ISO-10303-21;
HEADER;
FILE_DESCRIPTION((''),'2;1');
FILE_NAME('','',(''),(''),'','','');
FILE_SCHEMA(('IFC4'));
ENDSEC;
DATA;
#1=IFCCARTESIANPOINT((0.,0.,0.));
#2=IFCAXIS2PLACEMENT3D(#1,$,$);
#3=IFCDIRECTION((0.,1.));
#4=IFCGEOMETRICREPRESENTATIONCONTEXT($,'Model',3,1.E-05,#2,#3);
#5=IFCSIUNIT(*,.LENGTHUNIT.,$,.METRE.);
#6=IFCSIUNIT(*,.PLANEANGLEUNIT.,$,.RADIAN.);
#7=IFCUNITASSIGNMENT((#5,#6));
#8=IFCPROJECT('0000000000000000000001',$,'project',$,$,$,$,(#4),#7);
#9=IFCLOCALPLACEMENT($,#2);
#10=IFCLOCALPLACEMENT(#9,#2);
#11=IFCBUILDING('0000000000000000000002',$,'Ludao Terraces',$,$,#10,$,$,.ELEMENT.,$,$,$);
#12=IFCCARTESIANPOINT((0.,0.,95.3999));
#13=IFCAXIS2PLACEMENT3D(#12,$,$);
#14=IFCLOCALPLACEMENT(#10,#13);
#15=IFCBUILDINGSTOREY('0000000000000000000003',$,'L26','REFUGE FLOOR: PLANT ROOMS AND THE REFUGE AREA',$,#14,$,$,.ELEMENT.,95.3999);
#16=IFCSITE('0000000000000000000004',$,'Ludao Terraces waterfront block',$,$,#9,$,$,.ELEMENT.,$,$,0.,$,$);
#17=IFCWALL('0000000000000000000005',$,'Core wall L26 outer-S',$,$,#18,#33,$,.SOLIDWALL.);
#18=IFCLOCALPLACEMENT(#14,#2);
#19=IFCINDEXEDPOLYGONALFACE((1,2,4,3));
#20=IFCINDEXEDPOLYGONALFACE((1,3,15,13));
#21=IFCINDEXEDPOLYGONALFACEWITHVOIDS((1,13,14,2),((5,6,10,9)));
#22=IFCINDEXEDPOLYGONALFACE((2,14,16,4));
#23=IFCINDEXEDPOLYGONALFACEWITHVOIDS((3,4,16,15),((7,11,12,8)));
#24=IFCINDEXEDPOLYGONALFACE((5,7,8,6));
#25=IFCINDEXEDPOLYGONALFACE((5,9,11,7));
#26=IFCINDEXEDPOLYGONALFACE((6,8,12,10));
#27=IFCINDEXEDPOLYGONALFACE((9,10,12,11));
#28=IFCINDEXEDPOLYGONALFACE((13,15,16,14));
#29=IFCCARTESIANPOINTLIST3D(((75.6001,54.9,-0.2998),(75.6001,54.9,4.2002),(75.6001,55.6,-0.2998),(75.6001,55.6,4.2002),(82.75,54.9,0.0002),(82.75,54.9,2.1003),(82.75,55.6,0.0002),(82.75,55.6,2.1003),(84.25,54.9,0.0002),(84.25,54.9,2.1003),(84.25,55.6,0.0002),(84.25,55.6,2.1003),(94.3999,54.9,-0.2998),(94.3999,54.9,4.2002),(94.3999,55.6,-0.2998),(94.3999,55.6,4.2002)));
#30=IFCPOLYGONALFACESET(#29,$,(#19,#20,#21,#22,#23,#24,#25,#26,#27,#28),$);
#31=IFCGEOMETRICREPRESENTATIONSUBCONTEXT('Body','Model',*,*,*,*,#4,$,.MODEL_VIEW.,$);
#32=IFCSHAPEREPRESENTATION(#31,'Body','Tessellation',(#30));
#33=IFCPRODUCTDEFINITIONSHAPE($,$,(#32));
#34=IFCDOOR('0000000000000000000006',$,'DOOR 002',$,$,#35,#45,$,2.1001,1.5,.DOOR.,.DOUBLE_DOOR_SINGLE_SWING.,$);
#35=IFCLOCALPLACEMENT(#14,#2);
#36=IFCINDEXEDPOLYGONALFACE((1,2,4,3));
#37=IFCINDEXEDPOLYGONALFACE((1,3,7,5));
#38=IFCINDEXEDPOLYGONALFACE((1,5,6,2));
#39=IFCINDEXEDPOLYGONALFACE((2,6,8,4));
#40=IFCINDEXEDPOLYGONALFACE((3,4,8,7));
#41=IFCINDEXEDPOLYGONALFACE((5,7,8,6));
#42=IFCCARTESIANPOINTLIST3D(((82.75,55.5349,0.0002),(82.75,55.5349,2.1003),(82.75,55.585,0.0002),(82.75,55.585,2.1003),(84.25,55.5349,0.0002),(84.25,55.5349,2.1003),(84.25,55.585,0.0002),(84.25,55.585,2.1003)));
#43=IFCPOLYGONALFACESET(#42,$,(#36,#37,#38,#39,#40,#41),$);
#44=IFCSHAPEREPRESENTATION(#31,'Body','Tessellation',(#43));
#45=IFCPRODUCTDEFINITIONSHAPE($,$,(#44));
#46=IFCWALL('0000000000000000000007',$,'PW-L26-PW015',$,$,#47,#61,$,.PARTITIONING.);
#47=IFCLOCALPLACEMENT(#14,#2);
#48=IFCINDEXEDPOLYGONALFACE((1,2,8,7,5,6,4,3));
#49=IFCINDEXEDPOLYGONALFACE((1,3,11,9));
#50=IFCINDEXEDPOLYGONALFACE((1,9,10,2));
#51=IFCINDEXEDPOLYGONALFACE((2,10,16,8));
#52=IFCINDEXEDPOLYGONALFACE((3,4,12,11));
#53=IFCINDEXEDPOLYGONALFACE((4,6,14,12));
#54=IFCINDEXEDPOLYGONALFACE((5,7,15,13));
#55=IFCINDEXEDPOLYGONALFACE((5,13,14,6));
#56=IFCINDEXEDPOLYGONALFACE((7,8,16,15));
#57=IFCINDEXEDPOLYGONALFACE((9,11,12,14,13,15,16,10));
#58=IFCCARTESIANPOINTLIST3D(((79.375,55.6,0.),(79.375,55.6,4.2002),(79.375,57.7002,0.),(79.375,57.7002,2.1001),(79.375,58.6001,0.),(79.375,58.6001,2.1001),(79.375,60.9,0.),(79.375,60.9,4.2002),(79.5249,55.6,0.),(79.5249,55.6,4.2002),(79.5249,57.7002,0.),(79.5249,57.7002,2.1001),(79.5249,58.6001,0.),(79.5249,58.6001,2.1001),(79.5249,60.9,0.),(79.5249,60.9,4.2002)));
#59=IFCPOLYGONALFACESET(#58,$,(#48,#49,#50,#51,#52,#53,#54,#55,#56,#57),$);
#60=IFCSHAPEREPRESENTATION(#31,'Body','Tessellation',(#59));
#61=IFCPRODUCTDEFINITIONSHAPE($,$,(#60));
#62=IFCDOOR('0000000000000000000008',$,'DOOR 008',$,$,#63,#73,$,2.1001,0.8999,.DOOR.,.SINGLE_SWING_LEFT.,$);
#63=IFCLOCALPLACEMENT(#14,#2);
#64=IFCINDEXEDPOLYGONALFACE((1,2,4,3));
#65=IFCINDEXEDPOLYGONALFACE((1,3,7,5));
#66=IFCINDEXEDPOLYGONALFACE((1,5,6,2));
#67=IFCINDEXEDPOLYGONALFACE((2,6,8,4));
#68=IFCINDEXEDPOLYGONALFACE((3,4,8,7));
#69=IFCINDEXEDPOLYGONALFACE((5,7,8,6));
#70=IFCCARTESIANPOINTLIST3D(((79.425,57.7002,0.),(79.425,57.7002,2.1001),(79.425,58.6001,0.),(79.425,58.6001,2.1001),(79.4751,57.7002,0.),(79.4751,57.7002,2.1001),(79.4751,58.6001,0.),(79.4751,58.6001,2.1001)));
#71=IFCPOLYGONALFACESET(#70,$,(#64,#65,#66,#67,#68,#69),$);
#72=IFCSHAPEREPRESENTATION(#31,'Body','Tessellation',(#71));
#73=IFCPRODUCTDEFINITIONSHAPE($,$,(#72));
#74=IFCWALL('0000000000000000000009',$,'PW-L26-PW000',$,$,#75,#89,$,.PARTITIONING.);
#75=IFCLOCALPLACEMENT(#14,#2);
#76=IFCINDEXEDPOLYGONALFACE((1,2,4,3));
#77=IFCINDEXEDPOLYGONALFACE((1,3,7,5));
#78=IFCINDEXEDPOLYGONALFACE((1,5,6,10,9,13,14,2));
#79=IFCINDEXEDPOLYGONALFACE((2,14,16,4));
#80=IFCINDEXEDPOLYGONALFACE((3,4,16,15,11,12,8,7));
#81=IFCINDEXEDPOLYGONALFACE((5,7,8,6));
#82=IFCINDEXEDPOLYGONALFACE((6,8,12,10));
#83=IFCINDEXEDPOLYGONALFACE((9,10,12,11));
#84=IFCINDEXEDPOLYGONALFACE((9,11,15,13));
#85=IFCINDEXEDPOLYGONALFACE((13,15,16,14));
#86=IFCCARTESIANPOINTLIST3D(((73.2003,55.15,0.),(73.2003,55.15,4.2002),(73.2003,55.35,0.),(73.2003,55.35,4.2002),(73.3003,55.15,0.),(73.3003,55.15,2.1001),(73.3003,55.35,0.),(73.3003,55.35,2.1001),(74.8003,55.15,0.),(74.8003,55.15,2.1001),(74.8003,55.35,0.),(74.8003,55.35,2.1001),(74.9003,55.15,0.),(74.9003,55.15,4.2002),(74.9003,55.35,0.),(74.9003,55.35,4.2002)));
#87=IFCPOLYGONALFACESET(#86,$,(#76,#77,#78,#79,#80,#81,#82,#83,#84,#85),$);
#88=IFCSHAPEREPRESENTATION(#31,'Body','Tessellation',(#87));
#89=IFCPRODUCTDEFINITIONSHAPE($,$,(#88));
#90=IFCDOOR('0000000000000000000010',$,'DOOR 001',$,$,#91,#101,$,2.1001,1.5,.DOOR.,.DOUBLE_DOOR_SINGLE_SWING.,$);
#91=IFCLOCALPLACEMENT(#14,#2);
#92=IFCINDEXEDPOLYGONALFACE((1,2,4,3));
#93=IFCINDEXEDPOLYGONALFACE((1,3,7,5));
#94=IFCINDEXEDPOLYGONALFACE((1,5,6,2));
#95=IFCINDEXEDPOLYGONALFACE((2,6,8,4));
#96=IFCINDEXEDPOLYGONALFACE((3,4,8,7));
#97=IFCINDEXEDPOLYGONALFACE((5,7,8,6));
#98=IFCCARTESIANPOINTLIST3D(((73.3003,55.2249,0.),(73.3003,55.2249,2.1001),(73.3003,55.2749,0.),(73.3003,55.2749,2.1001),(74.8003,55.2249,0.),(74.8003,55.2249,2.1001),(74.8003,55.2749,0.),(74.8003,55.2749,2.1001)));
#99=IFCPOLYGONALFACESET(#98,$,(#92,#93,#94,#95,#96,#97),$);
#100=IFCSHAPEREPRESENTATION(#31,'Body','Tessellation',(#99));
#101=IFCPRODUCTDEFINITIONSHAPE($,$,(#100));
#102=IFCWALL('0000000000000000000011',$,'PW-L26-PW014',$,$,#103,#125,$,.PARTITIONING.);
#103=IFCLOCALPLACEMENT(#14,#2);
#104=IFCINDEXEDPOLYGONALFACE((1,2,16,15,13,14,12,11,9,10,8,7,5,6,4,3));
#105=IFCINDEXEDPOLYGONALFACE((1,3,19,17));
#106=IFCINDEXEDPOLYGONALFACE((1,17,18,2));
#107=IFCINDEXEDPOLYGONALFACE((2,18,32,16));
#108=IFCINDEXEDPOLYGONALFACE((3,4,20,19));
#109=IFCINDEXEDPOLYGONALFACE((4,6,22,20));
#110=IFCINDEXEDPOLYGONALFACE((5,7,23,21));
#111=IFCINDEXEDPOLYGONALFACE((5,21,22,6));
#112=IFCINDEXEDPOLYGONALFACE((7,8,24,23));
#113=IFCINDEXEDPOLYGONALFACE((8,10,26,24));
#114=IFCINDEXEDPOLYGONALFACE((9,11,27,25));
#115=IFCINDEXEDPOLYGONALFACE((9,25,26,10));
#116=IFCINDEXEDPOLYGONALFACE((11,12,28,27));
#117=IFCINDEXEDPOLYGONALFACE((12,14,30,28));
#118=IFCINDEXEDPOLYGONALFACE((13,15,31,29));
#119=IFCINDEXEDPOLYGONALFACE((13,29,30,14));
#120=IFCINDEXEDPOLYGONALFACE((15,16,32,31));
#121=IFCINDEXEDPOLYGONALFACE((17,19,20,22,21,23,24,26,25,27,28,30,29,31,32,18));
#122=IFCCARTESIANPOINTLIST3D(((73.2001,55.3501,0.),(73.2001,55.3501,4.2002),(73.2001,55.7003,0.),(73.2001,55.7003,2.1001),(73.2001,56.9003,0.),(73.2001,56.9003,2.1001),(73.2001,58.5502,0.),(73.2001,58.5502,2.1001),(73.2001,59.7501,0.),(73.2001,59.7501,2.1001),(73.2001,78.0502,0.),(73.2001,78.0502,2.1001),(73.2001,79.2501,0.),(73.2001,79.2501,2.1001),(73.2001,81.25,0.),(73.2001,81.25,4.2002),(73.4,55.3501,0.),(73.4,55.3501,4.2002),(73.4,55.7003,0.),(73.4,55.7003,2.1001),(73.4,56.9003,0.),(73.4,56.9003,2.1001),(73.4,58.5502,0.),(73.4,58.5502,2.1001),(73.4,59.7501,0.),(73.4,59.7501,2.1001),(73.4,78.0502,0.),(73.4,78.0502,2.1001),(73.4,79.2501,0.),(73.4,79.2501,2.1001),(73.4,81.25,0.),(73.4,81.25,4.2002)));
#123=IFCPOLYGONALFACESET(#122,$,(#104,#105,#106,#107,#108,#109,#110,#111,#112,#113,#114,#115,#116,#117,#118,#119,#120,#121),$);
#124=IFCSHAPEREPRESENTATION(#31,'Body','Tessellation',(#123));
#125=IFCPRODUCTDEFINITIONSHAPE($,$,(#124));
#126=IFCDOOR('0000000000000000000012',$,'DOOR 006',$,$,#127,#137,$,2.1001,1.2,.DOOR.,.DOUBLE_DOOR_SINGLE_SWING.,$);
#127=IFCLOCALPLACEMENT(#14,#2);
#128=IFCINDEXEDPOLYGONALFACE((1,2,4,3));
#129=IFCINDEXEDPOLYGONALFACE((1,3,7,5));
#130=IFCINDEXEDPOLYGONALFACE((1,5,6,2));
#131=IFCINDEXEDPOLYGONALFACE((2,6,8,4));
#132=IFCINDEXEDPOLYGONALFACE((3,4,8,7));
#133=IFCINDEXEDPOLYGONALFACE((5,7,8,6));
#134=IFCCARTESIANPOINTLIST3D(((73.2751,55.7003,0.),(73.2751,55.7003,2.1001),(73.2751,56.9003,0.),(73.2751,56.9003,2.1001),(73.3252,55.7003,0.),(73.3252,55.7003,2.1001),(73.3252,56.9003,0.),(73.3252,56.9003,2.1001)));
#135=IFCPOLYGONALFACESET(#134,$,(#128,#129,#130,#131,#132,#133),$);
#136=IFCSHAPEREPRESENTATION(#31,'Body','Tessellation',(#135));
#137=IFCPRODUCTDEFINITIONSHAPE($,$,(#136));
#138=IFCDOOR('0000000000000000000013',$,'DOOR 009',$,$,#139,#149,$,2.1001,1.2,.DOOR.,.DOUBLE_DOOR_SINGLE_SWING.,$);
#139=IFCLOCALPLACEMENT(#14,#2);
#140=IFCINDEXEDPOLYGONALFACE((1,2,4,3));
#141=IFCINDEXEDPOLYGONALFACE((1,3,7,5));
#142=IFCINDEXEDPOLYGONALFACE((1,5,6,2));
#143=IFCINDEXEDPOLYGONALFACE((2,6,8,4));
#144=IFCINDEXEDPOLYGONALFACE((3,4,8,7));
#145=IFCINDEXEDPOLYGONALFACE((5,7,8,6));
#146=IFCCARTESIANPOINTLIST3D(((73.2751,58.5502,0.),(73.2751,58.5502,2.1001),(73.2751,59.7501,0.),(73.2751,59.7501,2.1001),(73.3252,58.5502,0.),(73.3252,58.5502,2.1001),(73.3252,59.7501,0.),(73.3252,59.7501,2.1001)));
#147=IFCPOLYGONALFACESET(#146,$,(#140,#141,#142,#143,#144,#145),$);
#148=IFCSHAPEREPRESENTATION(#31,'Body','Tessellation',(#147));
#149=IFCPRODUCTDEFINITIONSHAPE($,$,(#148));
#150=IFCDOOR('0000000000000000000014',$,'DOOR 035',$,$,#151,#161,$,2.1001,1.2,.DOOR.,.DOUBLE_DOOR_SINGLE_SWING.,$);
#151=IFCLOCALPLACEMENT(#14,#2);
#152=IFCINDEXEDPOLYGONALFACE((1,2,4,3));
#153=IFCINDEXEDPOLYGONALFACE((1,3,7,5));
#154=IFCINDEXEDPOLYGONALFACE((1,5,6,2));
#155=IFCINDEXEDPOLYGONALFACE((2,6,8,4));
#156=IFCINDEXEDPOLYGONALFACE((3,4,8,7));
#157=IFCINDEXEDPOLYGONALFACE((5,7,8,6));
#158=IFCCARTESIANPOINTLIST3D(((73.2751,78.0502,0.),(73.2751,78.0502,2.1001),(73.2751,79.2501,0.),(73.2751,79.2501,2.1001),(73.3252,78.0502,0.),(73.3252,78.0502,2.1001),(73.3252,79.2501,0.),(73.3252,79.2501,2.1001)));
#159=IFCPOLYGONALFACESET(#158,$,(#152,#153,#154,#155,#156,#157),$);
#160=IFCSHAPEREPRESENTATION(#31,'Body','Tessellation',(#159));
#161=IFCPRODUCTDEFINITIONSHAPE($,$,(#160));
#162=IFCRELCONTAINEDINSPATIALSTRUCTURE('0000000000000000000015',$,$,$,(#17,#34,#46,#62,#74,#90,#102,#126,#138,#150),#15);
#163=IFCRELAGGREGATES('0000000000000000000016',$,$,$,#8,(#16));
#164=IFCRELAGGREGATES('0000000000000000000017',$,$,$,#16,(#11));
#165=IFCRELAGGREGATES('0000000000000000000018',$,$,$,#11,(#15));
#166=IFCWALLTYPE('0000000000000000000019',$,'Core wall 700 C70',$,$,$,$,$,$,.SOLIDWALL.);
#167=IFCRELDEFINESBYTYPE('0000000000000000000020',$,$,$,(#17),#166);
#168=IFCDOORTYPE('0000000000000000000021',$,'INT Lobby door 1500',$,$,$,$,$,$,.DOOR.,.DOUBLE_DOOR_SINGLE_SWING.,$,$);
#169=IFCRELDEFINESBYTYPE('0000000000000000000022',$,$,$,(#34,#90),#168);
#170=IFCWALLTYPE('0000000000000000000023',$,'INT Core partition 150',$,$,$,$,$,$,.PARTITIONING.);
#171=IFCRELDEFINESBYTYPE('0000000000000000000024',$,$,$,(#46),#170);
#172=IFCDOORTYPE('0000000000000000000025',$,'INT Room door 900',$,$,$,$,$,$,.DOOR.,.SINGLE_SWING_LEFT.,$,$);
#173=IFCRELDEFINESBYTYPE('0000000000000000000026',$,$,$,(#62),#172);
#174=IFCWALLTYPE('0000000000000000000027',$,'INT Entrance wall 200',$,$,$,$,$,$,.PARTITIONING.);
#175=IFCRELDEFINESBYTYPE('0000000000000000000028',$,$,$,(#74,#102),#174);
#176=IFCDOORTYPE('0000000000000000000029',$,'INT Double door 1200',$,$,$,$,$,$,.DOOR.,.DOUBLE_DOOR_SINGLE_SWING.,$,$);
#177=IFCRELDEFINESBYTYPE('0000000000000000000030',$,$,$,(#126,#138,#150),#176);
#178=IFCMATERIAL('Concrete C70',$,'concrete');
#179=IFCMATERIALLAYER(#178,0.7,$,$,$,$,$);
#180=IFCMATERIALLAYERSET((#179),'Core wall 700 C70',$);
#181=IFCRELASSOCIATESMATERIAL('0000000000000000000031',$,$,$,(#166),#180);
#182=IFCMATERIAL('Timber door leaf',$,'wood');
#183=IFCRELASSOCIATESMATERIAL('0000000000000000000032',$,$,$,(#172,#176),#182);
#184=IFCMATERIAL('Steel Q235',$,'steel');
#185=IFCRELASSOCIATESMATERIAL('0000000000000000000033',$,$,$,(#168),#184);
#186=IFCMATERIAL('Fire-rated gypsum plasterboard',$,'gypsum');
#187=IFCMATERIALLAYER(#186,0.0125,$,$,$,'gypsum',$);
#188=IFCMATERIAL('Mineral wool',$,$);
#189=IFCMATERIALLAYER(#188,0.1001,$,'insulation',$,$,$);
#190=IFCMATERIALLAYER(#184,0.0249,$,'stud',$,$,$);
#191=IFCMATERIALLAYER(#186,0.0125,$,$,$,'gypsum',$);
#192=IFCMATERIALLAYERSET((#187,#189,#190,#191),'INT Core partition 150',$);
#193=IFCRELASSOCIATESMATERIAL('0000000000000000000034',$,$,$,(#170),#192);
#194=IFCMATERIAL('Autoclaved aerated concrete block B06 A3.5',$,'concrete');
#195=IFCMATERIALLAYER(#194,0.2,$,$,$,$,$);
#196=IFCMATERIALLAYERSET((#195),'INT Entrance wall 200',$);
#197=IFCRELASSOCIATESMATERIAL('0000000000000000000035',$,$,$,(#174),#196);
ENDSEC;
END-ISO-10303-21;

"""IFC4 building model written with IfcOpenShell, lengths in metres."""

from ifc_helpers import new_model, si_unit, direction, frame, frame_2d, origin, place, context, subcontext, project, spatial, rectangle, extrude, material, layer, layer_set, type_object, element, fill, save


model = new_model("IFC4")

# Units and contexts
model_context = context("Model", 3, precision=1e-05, world=origin(), true_north=direction((0.0, 1.0)))
body_context = subcontext(model_context, "Body", "Model", "MODEL_VIEW")
ifc_project = project(units=[si_unit("LENGTHUNIT", "METRE"), si_unit("PLANEANGLEUNIT", "RADIAN")], contexts=[model_context])

# Site, building, storey
site_placement = place(None, origin())
site = spatial("IfcSite", under=ifc_project, at=site_placement, Name="Ludao Terraces waterfront block", CompositionType="ELEMENT", RefElevation=0.0)
building_placement = place(site_placement, origin())
building = spatial("IfcBuilding", under=site, at=building_placement, Name="Ludao Terraces", CompositionType="ELEMENT")
storey_placement = place(building_placement, frame((0.0, 0.0, 95.3999)))
storey = spatial("IfcBuildingStorey", under=building, at=storey_placement, Name="L26", Description="REFUGE FLOOR: PLANT ROOMS AND THE REFUGE AREA", CompositionType="ELEMENT", Elevation=95.3999)

# Shared definitions
ifc_material_1 = material(Name="Concrete C70", Category="concrete")
ifc_layer_1 = layer(ifc_material_1, 0.7)
ifc_layer_set_1 = layer_set([ifc_layer_1], Name="Core wall 700 C70")
wall_type_1 = type_object("IfcWallType", Name="Core wall 700 C70", PredefinedType="SOLIDWALL", material=ifc_layer_set_1)
ifc_material_2 = material(Name="Steel Q235", Category="steel")
ifc_material_3 = material(Name="Timber door leaf", Category="wood")
door_type_1 = type_object("IfcDoorType", Name="INT Room door 900", OperationType="SINGLE_SWING_LEFT", PredefinedType="DOOR", material=ifc_material_3)

# Walls, openings, doors
wall_1_placement = place(storey_placement, frame((75.6001, 55.25, -0.2998), z_axis=(0.0, 0.0, 1.0), x_axis=(1.0, 0.0, 0.0)))
wall_1 = element("IfcWall", 1, at=wall_1_placement, inside=storey, type_object=wall_type_1, Name="Core wall L26 outer-S", PredefinedType="SOLIDWALL", context=body_context, shape_type="SweptSolid", body=[
    extrude(rectangle(XDim=18.7998, YDim=0.7, at=frame_2d((9.3999, 0.0))), origin(), (0.0, 0.0, 1.0), 4.5),
])
opening_1_placement = place(wall_1_placement, frame((7.1499, 0.0, 0.3)))
opening_1 = element("IfcOpeningElement", 2, at=opening_1_placement, cuts=wall_1, PredefinedType="OPENING", context=body_context, shape_type="SweptSolid", body=[
    extrude(rectangle(XDim=1.5, YDim=2.1001, at=frame_2d((0.75, 1.05))), frame((0.0, 0.3599, 0.0), z_axis=(0.0, -1.0, 0.0), x_axis=(1.0, 0.0, 0.0)), (0.0, 0.0, 1.0), 0.72),
])
door_type_2 = type_object("IfcDoorType", Name="INT Lobby door 1500", OperationType="DOUBLE_DOOR_SINGLE_SWING", PredefinedType="DOOR", material=ifc_material_2)
door_1_placement = place(opening_1_placement, origin())
door_1 = element("IfcDoor", 3, at=door_1_placement, inside=storey, type_object=door_type_2, Name="DOOR 002", OperationType="DOUBLE_DOOR_SINGLE_SWING", OverallHeight=2.1001, OverallWidth=1.5, PredefinedType="DOOR", context=body_context, shape_type="SweptSolid", body=[
    extrude(rectangle(XDim=1.5, YDim=2.1001, at=frame_2d((0.75, 1.05))), frame((0.0, 0.335, 0.0), z_axis=(0.0, -1.0, 0.0), x_axis=(1.0, 0.0, 0.0)), (0.0, 0.0, 1.0), 0.05),
])
fill(opening_1, door_1)
ifc_material_4 = material(Name="Fire-rated gypsum plasterboard", Category="gypsum")
ifc_layer_2 = layer(ifc_material_4, 0.0125, Category="gypsum")
ifc_material_5 = material(Name="Mineral wool")
ifc_layer_3 = layer(ifc_material_5, 0.1001, Name="insulation")
ifc_layer_4 = layer(ifc_material_2, 0.0249, Name="stud")
ifc_layer_5 = layer(ifc_material_4, 0.0125, Category="gypsum")
ifc_layer_set_2 = layer_set([ifc_layer_2, ifc_layer_3, ifc_layer_4, ifc_layer_5], Name="INT Core partition 150")
wall_type_2 = type_object("IfcWallType", Name="INT Core partition 150", PredefinedType="PARTITIONING", material=ifc_layer_set_2)
wall_2_placement = place(storey_placement, frame((79.45, 55.6001, 0.0), z_axis=(0.0, 0.0, 1.0), x_axis=(0.0, 1.0, 0.0)))
wall_2 = element("IfcWall", 4, at=wall_2_placement, inside=storey, type_object=wall_type_2, Name="PW-L26-PW015", PredefinedType="PARTITIONING", context=body_context, shape_type="SweptSolid", body=[
    extrude(rectangle(XDim=5.3, YDim=0.1499, at=frame_2d((2.6499, 0.0))), origin(), (0.0, 0.0, 1.0), 4.2002),
])
opening_2_placement = place(wall_2_placement, frame((2.1001, 0.0, 0.0)))
opening_2 = element("IfcOpeningElement", 5, at=opening_2_placement, cuts=wall_2, PredefinedType="OPENING", context=body_context, shape_type="SweptSolid", body=[
    extrude(rectangle(XDim=0.8999, YDim=2.1001, at=frame_2d((0.45, 1.05))), frame((0.0, 0.085, 0.0), z_axis=(0.0, -1.0, 0.0), x_axis=(1.0, 0.0, 0.0)), (0.0, 0.0, 1.0), 0.1699),
])
door_2_placement = place(opening_2_placement, origin())
door_2 = element("IfcDoor", 6, at=door_2_placement, inside=storey, type_object=door_type_1, Name="DOOR 008", OperationType="SINGLE_SWING_LEFT", OverallHeight=2.1001, OverallWidth=0.8999, PredefinedType="DOOR", context=body_context, shape_type="SweptSolid", body=[
    extrude(rectangle(XDim=0.8999, YDim=2.1001, at=frame_2d((0.45, 1.05))), frame((0.0, 0.0249, 0.0), z_axis=(0.0, -1.0, 0.0), x_axis=(1.0, 0.0, 0.0)), (0.0, 0.0, 1.0), 0.05),
])
fill(opening_2, door_2)
ifc_material_6 = material(Name="Autoclaved aerated concrete block B06 A3.5", Category="concrete")
ifc_layer_6 = layer(ifc_material_6, 0.2)
ifc_layer_set_3 = layer_set([ifc_layer_6], Name="INT Entrance wall 200")
wall_type_3 = type_object("IfcWallType", Name="INT Entrance wall 200", PredefinedType="PARTITIONING", material=ifc_layer_set_3)
wall_3_placement = place(storey_placement, frame((73.2002, 55.25, 0.0), z_axis=(0.0, 0.0, 1.0), x_axis=(1.0, 0.0, 0.0)))
wall_3 = element("IfcWall", 7, at=wall_3_placement, inside=storey, type_object=wall_type_3, Name="PW-L26-PW000", PredefinedType="PARTITIONING", context=body_context, shape_type="SweptSolid", body=[
    extrude(rectangle(XDim=1.7, YDim=0.2, at=frame_2d((0.8501, 0.0))), origin(), (0.0, 0.0, 1.0), 4.2002),
])
opening_3_placement = place(wall_3_placement, frame((0.1001, 0.0, 0.0)))
opening_3 = element("IfcOpeningElement", 8, at=opening_3_placement, cuts=wall_3, PredefinedType="OPENING", context=body_context, shape_type="SweptSolid", body=[
    extrude(rectangle(XDim=1.5, YDim=2.1001, at=frame_2d((0.75, 1.05))), frame((0.0, 0.1099, 0.0), z_axis=(0.0, -1.0, 0.0), x_axis=(1.0, 0.0, 0.0)), (0.0, 0.0, 1.0), 0.22),
])
door_3_placement = place(opening_3_placement, origin())
door_3 = element("IfcDoor", 9, at=door_3_placement, inside=storey, type_object=door_type_2, Name="DOOR 001", OperationType="DOUBLE_DOOR_SINGLE_SWING", OverallHeight=2.1001, OverallWidth=1.5, PredefinedType="DOOR", context=body_context, shape_type="SweptSolid", body=[
    extrude(rectangle(XDim=1.5, YDim=2.1001, at=frame_2d((0.75, 1.05))), frame((0.0, 0.0249, 0.0), z_axis=(0.0, -1.0, 0.0), x_axis=(1.0, 0.0, 0.0)), (0.0, 0.0, 1.0), 0.05),
])
fill(opening_3, door_3)

# Wall, openings, doors
wall_4_placement = place(storey_placement, frame((73.3, 55.3501, 0.0), z_axis=(0.0, 0.0, 1.0), x_axis=(0.0, 1.0, 0.0)))
wall_4 = element("IfcWall", 10, at=wall_4_placement, inside=storey, type_object=wall_type_3, Name="PW-L26-PW014", PredefinedType="PARTITIONING", context=body_context, shape_type="SweptSolid", body=[
    extrude(rectangle(XDim=25.8999, YDim=0.2, at=frame_2d((12.95, 0.0))), origin(), (0.0, 0.0, 1.0), 4.2002),
])
opening_4_placement = place(wall_4_placement, frame((0.3501, 0.0, 0.0)))
opening_4 = element("IfcOpeningElement", 11, at=opening_4_placement, cuts=wall_4, PredefinedType="OPENING", context=body_context, shape_type="SweptSolid", body=[
    extrude(rectangle(XDim=1.2, YDim=2.1001, at=frame_2d((0.6001, 1.05))), frame((0.0, 0.1099, 0.0), z_axis=(0.0, -1.0, 0.0), x_axis=(1.0, 0.0, 0.0)), (0.0, 0.0, 1.0), 0.22),
])
opening_5_placement = place(wall_4_placement, frame((3.2, 0.0, 0.0)))
opening_5 = element("IfcOpeningElement", 12, at=opening_5_placement, cuts=wall_4, PredefinedType="OPENING", context=body_context, shape_type="SweptSolid", body=[
    extrude(rectangle(XDim=1.2, YDim=2.1001, at=frame_2d((0.6001, 1.05))), frame((0.0, 0.1099, 0.0), z_axis=(0.0, -1.0, 0.0), x_axis=(1.0, 0.0, 0.0)), (0.0, 0.0, 1.0), 0.22),
])
opening_6_placement = place(wall_4_placement, frame((22.7, 0.0, 0.0)))
opening_6 = element("IfcOpeningElement", 13, at=opening_6_placement, cuts=wall_4, PredefinedType="OPENING", context=body_context, shape_type="SweptSolid", body=[
    extrude(rectangle(XDim=1.2, YDim=2.1001, at=frame_2d((0.6001, 1.05))), frame((0.0, 0.1099, 0.0), z_axis=(0.0, -1.0, 0.0), x_axis=(1.0, 0.0, 0.0)), (0.0, 0.0, 1.0), 0.22),
])
door_type_3 = type_object("IfcDoorType", Name="INT Double door 1200", OperationType="DOUBLE_DOOR_SINGLE_SWING", PredefinedType="DOOR", material=ifc_material_3)
door_4_placement = place(opening_4_placement, origin())
door_4 = element("IfcDoor", 14, at=door_4_placement, inside=storey, type_object=door_type_3, Name="DOOR 006", OperationType="DOUBLE_DOOR_SINGLE_SWING", OverallHeight=2.1001, OverallWidth=1.2, PredefinedType="DOOR", context=body_context, shape_type="SweptSolid", body=[
    extrude(rectangle(XDim=1.2, YDim=2.1001, at=frame_2d((0.6001, 1.05))), frame((0.0, 0.0249, 0.0), z_axis=(0.0, -1.0, 0.0), x_axis=(1.0, 0.0, 0.0)), (0.0, 0.0, 1.0), 0.05),
])
fill(opening_4, door_4)
door_5_placement = place(opening_5_placement, origin())
door_5 = element("IfcDoor", 15, at=door_5_placement, inside=storey, type_object=door_type_3, Name="DOOR 009", OperationType="DOUBLE_DOOR_SINGLE_SWING", OverallHeight=2.1001, OverallWidth=1.2, PredefinedType="DOOR", context=body_context, shape_type="SweptSolid", body=[
    extrude(rectangle(XDim=1.2, YDim=2.1001, at=frame_2d((0.6001, 1.05))), frame((0.0, 0.0249, 0.0), z_axis=(0.0, -1.0, 0.0), x_axis=(1.0, 0.0, 0.0)), (0.0, 0.0, 1.0), 0.05),
])
fill(opening_5, door_5)
door_6_placement = place(opening_6_placement, origin())
door_6 = element("IfcDoor", 16, at=door_6_placement, inside=storey, type_object=door_type_3, Name="DOOR 035", OperationType="DOUBLE_DOOR_SINGLE_SWING", OverallHeight=2.1001, OverallWidth=1.2, PredefinedType="DOOR", context=body_context, shape_type="SweptSolid", body=[
    extrude(rectangle(XDim=1.2, YDim=2.1001, at=frame_2d((0.6001, 1.05))), frame((0.0, 0.0249, 0.0), z_axis=(0.0, -1.0, 0.0), x_axis=(1.0, 0.0, 0.0)), (0.0, 0.0, 1.0), 0.05),
])
fill(opening_6, door_6)

save(model, "model.ifc")
